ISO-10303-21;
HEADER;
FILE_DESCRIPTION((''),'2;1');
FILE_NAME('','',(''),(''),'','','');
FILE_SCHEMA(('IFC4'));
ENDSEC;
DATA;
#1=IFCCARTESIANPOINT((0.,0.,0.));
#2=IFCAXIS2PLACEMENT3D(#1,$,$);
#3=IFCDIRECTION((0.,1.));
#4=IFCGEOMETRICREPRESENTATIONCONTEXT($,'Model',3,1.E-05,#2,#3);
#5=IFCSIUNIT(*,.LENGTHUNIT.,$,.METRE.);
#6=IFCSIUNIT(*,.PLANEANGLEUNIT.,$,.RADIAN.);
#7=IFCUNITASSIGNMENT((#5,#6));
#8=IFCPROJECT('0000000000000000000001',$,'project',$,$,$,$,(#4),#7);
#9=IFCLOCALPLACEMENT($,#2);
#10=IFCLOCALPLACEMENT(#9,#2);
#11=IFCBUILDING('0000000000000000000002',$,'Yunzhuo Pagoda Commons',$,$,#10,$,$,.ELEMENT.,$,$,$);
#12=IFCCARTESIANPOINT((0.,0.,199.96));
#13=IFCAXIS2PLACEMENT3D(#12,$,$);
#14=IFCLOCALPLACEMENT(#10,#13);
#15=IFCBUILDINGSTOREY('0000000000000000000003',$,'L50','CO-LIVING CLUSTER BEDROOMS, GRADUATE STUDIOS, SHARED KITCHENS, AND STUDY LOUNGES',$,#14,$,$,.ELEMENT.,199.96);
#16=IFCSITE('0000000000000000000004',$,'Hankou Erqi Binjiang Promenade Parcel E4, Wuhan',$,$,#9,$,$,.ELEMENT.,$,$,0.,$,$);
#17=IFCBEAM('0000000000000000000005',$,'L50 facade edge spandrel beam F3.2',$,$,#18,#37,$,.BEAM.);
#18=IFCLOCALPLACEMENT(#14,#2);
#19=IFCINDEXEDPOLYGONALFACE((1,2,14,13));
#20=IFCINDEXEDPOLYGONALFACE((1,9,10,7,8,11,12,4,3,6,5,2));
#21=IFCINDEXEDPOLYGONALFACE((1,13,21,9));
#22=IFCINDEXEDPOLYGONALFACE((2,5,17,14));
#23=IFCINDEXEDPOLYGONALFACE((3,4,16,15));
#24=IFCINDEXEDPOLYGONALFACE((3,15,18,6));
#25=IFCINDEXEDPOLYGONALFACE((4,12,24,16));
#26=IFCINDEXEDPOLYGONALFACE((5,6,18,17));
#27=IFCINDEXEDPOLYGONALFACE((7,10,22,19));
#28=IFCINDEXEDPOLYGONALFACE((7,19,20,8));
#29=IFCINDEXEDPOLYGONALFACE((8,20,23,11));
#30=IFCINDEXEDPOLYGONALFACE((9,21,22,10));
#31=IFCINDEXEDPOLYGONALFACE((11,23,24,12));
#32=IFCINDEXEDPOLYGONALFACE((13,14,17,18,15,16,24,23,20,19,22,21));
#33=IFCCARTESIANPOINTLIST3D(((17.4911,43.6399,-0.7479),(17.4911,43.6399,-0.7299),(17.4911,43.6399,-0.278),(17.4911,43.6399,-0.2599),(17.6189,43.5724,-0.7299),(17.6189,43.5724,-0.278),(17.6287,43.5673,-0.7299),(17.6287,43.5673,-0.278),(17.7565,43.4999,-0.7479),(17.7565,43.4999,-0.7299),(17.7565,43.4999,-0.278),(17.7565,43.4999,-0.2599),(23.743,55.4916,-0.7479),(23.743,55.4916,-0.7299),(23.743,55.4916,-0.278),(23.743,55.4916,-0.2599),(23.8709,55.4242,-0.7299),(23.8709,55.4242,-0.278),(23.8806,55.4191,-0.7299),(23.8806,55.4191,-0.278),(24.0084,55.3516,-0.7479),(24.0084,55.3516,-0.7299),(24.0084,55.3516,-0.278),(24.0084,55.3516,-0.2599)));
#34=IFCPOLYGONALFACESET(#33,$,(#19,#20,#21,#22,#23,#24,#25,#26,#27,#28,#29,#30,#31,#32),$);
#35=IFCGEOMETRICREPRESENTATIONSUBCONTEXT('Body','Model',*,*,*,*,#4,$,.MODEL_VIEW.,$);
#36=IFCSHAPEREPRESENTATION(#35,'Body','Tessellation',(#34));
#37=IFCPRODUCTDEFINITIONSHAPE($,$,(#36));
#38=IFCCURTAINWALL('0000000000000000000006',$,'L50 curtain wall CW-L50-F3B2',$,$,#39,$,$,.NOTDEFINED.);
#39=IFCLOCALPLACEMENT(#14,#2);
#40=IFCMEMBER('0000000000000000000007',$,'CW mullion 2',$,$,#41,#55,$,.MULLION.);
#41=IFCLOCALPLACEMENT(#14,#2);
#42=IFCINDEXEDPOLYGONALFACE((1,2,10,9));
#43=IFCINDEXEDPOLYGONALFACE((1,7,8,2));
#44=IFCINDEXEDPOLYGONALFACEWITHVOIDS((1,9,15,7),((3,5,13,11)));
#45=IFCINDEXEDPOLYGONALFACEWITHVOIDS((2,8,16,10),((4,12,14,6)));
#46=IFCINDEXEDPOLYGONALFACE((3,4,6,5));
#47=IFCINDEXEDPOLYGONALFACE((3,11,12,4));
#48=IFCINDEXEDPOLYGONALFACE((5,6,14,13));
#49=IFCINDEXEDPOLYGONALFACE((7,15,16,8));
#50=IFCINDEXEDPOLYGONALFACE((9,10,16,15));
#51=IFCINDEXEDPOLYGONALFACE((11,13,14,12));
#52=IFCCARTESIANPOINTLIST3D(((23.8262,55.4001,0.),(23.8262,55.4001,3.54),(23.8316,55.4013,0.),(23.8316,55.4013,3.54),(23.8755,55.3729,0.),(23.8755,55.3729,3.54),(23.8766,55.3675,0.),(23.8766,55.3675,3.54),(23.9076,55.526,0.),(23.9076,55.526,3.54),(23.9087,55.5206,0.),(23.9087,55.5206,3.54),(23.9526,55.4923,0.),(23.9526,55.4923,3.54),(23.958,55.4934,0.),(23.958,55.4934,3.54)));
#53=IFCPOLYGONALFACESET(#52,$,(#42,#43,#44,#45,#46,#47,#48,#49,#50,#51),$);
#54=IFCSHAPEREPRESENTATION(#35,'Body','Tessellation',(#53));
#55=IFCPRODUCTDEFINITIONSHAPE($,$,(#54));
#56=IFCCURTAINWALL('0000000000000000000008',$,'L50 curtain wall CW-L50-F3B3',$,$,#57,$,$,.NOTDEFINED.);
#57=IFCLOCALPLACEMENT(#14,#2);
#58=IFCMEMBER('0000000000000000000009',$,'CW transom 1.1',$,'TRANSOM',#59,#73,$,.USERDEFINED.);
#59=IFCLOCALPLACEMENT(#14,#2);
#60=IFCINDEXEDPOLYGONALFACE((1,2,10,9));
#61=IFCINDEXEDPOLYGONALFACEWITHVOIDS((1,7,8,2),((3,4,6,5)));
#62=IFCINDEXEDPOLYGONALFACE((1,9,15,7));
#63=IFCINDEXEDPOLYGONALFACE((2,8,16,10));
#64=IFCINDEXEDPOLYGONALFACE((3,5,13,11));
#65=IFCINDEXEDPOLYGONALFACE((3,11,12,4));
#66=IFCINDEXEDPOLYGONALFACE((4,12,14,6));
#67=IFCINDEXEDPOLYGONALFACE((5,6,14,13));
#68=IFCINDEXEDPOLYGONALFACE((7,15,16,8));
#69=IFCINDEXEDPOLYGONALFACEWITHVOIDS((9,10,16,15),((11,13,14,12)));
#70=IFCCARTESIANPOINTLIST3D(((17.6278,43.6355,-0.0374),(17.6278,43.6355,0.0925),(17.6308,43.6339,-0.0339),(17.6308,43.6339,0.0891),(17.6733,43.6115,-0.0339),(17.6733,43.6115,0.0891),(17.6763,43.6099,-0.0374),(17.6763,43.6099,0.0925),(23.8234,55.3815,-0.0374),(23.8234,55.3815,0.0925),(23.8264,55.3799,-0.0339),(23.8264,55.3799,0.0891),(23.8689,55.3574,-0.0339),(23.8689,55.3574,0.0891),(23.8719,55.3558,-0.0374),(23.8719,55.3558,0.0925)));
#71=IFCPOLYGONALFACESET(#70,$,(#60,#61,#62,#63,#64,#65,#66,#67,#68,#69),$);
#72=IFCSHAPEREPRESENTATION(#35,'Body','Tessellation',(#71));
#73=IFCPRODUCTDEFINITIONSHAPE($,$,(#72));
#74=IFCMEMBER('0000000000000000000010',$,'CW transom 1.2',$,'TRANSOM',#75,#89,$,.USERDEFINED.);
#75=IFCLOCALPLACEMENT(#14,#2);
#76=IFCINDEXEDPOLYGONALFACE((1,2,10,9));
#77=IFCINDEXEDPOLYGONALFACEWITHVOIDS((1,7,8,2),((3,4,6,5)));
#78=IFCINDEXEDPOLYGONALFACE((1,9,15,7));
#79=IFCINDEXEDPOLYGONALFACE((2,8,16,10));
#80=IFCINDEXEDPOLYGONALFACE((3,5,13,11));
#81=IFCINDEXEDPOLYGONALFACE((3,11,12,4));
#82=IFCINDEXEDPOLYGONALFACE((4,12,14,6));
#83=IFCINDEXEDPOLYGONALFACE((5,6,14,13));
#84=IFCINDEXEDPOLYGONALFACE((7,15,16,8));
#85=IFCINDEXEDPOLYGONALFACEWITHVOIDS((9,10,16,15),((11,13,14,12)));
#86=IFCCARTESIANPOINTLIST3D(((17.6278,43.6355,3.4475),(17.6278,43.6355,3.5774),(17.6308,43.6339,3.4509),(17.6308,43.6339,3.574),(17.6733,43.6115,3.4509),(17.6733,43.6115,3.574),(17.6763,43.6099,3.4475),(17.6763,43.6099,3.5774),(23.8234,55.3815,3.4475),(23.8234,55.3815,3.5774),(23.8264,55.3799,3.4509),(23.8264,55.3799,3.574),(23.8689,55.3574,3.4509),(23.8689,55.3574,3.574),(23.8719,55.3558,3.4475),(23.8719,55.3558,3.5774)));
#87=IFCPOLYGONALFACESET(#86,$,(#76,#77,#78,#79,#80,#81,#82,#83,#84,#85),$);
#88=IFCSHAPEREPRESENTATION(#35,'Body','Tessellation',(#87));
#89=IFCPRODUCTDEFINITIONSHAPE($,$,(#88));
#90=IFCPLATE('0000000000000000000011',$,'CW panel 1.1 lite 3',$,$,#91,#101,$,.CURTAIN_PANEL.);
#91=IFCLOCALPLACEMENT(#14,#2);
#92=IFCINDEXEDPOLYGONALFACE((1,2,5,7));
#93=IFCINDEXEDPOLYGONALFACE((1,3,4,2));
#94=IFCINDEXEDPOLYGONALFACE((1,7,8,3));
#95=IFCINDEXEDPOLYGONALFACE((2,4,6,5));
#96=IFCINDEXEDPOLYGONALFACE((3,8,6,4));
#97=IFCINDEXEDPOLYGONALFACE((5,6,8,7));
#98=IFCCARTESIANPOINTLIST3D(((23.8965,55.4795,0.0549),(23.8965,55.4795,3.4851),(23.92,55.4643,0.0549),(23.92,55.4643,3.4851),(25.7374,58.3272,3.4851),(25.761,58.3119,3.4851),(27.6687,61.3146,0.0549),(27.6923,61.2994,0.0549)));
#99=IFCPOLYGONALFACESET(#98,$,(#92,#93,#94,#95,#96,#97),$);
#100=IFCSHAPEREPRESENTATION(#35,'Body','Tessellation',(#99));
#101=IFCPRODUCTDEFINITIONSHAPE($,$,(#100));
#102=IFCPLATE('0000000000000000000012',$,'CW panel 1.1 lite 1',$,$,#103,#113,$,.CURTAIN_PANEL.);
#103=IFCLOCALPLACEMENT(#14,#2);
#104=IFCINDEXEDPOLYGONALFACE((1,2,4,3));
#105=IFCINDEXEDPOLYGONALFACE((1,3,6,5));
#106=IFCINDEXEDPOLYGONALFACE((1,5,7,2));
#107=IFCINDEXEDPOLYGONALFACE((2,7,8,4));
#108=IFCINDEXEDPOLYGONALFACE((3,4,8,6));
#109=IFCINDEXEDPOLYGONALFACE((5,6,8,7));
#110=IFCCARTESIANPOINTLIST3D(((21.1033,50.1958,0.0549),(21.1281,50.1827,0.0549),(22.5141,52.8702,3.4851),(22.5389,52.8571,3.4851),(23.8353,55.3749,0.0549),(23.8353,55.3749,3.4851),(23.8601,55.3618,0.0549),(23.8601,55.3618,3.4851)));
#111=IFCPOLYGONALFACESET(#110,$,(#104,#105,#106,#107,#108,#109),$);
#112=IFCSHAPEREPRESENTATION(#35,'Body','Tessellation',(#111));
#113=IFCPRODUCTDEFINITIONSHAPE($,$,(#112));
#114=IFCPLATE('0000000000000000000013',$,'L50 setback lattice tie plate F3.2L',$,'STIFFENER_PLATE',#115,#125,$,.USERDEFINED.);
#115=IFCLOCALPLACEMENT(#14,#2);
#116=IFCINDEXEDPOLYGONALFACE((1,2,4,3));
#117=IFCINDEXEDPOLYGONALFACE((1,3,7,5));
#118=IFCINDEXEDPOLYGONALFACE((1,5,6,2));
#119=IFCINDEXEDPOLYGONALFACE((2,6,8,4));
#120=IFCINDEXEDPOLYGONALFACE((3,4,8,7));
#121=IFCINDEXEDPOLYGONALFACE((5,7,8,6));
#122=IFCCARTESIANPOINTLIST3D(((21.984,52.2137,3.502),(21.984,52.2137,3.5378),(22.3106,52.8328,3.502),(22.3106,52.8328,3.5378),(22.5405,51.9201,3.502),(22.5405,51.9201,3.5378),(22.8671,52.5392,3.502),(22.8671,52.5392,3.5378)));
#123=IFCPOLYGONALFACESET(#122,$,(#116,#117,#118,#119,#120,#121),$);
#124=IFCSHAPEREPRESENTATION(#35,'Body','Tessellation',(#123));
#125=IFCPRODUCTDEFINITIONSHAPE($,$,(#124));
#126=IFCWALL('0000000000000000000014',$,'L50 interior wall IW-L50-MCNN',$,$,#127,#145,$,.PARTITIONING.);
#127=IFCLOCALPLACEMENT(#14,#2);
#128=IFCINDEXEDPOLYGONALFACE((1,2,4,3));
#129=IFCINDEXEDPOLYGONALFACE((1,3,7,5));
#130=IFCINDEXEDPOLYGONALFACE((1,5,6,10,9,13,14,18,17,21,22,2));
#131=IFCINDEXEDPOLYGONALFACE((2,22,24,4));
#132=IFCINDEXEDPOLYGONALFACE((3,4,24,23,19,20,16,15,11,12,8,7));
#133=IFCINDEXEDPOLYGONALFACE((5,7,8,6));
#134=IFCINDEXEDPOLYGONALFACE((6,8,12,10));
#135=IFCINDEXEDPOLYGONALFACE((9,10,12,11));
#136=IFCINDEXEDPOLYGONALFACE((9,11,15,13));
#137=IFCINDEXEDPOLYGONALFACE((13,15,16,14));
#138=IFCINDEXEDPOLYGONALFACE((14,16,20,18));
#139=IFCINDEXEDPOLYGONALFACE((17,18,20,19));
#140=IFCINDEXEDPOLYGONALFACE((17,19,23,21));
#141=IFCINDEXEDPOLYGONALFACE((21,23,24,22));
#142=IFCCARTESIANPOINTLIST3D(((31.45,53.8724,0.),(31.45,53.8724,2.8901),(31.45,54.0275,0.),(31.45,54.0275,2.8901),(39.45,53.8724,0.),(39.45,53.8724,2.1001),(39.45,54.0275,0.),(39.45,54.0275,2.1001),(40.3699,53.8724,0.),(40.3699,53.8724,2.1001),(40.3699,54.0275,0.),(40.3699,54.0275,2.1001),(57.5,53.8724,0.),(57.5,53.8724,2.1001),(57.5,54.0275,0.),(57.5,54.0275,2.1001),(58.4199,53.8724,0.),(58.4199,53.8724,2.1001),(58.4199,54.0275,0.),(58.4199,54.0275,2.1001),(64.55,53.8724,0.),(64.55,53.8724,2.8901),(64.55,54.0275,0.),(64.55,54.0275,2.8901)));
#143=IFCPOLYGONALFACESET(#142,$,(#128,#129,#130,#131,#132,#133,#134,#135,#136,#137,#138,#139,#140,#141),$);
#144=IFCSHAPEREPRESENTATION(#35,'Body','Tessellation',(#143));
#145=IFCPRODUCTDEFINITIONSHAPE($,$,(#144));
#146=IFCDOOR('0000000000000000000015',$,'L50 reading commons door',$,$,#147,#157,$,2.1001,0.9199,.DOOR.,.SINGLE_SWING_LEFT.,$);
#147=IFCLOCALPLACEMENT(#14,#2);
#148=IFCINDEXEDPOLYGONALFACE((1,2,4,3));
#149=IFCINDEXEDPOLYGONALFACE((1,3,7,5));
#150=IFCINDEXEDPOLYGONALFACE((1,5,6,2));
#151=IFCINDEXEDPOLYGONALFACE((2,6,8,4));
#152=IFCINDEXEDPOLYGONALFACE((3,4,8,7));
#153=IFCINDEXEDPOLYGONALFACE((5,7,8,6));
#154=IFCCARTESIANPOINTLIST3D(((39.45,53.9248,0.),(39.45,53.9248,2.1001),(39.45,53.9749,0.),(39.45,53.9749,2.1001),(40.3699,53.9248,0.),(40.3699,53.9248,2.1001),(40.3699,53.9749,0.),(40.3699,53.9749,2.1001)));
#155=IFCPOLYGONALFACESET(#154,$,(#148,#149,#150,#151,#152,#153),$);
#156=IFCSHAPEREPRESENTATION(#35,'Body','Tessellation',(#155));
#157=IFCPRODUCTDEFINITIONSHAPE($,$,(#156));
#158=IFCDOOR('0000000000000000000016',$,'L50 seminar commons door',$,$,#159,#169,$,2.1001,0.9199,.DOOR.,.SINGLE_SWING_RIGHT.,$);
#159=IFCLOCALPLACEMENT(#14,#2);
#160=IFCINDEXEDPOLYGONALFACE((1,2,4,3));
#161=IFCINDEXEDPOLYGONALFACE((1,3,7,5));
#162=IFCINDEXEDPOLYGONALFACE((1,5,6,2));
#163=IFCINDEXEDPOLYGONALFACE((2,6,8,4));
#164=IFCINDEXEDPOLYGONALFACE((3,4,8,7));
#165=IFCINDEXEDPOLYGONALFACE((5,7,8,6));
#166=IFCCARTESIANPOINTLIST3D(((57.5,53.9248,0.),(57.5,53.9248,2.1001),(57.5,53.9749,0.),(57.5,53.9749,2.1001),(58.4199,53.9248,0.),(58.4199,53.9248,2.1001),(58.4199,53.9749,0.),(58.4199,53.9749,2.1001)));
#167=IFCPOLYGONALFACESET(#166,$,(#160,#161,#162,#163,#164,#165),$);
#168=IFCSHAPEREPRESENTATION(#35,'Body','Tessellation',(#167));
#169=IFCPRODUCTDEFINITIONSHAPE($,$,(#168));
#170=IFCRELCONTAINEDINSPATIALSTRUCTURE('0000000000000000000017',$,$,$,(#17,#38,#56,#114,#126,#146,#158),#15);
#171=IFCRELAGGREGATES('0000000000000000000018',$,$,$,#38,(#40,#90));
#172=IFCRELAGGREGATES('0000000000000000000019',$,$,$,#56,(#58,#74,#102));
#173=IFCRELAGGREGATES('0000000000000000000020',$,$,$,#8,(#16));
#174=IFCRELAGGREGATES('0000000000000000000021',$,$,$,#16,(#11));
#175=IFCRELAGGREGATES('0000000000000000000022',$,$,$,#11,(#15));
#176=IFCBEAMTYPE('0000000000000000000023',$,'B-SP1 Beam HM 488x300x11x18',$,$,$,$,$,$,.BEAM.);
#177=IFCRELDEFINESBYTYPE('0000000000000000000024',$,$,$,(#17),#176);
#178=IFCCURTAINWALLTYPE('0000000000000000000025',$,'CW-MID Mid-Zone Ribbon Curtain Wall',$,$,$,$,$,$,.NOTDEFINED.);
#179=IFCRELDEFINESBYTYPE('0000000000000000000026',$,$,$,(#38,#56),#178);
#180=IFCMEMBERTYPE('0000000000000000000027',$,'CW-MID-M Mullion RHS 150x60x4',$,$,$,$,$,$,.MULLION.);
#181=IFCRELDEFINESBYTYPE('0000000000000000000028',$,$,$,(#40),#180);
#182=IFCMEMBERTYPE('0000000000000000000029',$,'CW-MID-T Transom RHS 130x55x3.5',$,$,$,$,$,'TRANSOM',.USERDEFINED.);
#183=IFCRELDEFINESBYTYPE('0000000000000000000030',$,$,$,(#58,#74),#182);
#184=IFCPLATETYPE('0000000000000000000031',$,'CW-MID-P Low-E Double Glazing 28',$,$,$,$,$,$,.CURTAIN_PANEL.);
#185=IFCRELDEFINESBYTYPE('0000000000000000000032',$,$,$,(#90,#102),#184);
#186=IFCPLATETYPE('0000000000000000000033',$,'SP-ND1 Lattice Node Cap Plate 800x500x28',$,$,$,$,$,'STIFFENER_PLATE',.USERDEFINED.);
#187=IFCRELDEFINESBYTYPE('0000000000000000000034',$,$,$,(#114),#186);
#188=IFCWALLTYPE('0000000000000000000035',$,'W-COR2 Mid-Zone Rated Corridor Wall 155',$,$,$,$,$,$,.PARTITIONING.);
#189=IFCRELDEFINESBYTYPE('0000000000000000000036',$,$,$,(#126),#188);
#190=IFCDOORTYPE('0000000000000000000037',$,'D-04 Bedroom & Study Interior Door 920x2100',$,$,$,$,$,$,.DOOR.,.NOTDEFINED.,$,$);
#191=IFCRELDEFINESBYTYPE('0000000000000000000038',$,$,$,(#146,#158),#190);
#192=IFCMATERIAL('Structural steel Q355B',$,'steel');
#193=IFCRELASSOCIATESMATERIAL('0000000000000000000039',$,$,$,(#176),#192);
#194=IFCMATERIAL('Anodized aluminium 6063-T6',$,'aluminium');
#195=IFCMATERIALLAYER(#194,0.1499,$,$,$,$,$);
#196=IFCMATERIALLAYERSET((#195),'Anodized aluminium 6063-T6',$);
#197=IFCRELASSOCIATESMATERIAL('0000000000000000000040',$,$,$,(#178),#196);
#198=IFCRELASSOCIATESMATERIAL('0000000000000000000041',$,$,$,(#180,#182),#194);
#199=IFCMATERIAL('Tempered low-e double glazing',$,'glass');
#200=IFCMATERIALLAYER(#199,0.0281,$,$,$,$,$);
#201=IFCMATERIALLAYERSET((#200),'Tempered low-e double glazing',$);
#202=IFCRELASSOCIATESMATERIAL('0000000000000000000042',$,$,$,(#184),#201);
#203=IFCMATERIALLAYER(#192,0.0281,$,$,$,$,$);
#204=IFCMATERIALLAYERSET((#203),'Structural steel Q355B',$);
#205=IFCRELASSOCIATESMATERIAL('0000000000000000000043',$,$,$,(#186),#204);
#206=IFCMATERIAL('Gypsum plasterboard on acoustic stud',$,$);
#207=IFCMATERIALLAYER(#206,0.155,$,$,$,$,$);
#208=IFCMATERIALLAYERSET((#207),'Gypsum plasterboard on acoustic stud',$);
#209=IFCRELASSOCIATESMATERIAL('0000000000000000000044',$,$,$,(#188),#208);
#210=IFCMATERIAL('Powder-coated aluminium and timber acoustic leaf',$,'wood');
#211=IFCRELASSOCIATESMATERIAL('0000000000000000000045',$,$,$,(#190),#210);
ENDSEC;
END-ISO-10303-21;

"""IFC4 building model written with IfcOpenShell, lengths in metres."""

from ifc_helpers import new_model, si_unit, direction, frame, frame_2d, origin, origin_with_axes, origin_2d, place, context, subcontext, project, spatial, polyline, rectangle, hollow_rectangle, i_section, outline, extrude, source, transform, mapped, material, layer, layer_set, material_profile, profile_set, type_object, element, fill, aggregate, save


model = new_model("IFC4")

# Units and contexts
model_context = context("Model", 3, precision=1e-05, world=origin(), true_north=direction((0.0, 1.0)))
body_context = subcontext(model_context, "Body", "Model", "MODEL_VIEW")
ifc_project = project(units=[si_unit("LENGTHUNIT", "METRE"), si_unit("PLANEANGLEUNIT", "RADIAN")], contexts=[model_context])

# Site, building, storey
site_placement = place(None, origin())
site = spatial("IfcSite", under=ifc_project, at=site_placement, Name="Hankou Erqi Binjiang Promenade Parcel E4, Wuhan", CompositionType="ELEMENT", RefElevation=0.0)
building_placement = place(site_placement, origin())
building = spatial("IfcBuilding", under=site, at=building_placement, Name="Yunzhuo Pagoda Commons", CompositionType="ELEMENT")
storey_placement = place(building_placement, frame((0.0, 0.0, 199.96)))
storey = spatial("IfcBuildingStorey", under=building, at=storey_placement, Name="L50", Description="CO-LIVING CLUSTER BEDROOMS, GRADUATE STUDIOS, SHARED KITCHENS, AND STUDY LOUNGES", CompositionType="ELEMENT", Elevation=199.96)

# Beam
ifc_material_1 = material(Name="Structural steel Q355B", Category="steel")
ifc_material_profile_1 = material_profile(ifc_material_1, i_section(OverallWidth=0.3, OverallDepth=0.488, WebThickness=0.011, FlangeThickness=0.0181, at=origin_2d()), Name="Structural steel Q355B")
ifc_profile_set_1 = profile_set([ifc_material_profile_1], Name="Structural steel Q355B")
beam_type_1 = type_object("IfcBeamType", Name="B-SP1 Beam HM 488x300x11x18", PredefinedType="BEAM", material=ifc_profile_set_1)
shared_shape_1 = source(origin(), body_context, "Body", "SweptSolid", [
    extrude(i_section(OverallWidth=0.3, OverallDepth=0.488, WebThickness=0.011, FlangeThickness=0.0181, at=origin_2d()), origin(), (0.0, 0.0, 1.0), 13.3997),
])
beam_1_placement = place(storey_placement, frame((23.8757, 55.4216, -0.5039), z_axis=(-0.466574, -0.884482, 0.0), x_axis=(0.884482, -0.466574, 0.0)))
element("IfcBeam", 1, at=beam_1_placement, inside=storey, type_object=beam_type_1, Name="L50 facade edge spandrel beam F3.2", PredefinedType="BEAM", context=body_context, shape_type="MappedRepresentation", body=[
    mapped(shared_shape_1, transform((0.0, 0.0, 0.0), scale=1.0)),
])

# Curtain wall, member
ifc_material_2 = material(Name="Anodized aluminium 6063-T6", Category="aluminium")
ifc_layer_1 = layer(ifc_material_2, 0.1499)
ifc_layer_set_1 = layer_set([ifc_layer_1], Name="Anodized aluminium 6063-T6")
curtain_wall_type = type_object("IfcCurtainWallType", Name="CW-MID Mid-Zone Ribbon Curtain Wall", PredefinedType="NOTDEFINED", material=ifc_layer_set_1)
curtain_wall_1_placement = place(storey_placement, origin())
curtain_wall_1 = element("IfcCurtainWall", 2, at=curtain_wall_1_placement, inside=storey, type_object=curtain_wall_type, Name="L50 curtain wall CW-L50-F3B2", PredefinedType="NOTDEFINED")
ifc_material_profile_2 = material_profile(ifc_material_2, hollow_rectangle(XDim=0.0601, YDim=0.1499, WallThickness=0.0039, at=origin_2d()), Name="Anodized aluminium 6063-T6")
ifc_profile_set_2 = profile_set([ifc_material_profile_2], Name="Anodized aluminium 6063-T6")
member_type_1 = type_object("IfcMemberType", Name="CW-MID-M Mullion RHS 150x60x4", PredefinedType="MULLION", material=ifc_profile_set_2)
shared_shape_2 = source(origin(), body_context, "Body", "SweptSolid", [
    extrude(hollow_rectangle(XDim=0.0601, YDim=0.1499, WallThickness=0.0039, at=origin_2d()), origin(), (0.0, 0.0, 1.0), 3.54),
])
member_1_placement = place(storey_placement, frame((23.8921, 55.4468, 0.0), z_axis=(0.0, 0.0, 1.0), x_axis=(0.839794, -0.542905, 0.0)))
member_1 = element("IfcMember", 3, at=member_1_placement, type_object=member_type_1, Name="CW mullion 2", PredefinedType="MULLION", context=body_context, shape_type="MappedRepresentation", body=[
    mapped(shared_shape_2, transform((0.0, 0.0, 0.0), scale=1.0)),
])

# Curtain wall, members
curtain_wall_2_placement = place(storey_placement, origin())
curtain_wall_2 = element("IfcCurtainWall", 4, at=curtain_wall_2_placement, inside=storey, type_object=curtain_wall_type, Name="L50 curtain wall CW-L50-F3B3", PredefinedType="NOTDEFINED")
ifc_material_profile_3 = material_profile(ifc_material_2, hollow_rectangle(XDim=0.0549, YDim=0.1299, WallThickness=0.0034, at=origin_2d()), Name="Anodized aluminium 6063-T6")
ifc_profile_set_3 = profile_set([ifc_material_profile_3], Name="Anodized aluminium 6063-T6")
member_type_2 = type_object("IfcMemberType", Name="CW-MID-T Transom RHS 130x55x3.5", ElementType="TRANSOM", PredefinedType="USERDEFINED", material=ifc_profile_set_3)
shared_shape_3 = source(origin(), body_context, "Body", "SweptSolid", [
    extrude(hollow_rectangle(XDim=0.0549, YDim=0.1299, WallThickness=0.0034, at=origin_2d()), origin(), (0.0, 0.0, 1.0), 13.2798),
])
member_2_placement = place(storey_placement, frame((23.8477, 55.3687, 0.0276), z_axis=(-0.466544, -0.884498, 0.0), x_axis=(0.884498, -0.466544, 0.0)))
member_2 = element("IfcMember", 5, at=member_2_placement, type_object=member_type_2, Name="CW transom 1.1", ObjectType="TRANSOM", PredefinedType="USERDEFINED", context=body_context, shape_type="MappedRepresentation", body=[
    mapped(shared_shape_3, transform((0.0, 0.0, 0.0), scale=1.0)),
])
member_3_placement = place(storey_placement, frame((23.8477, 55.3687, 3.5125), z_axis=(-0.466544, -0.884498, 0.0), x_axis=(0.884498, -0.466544, 0.0)))
member_3 = element("IfcMember", 6, at=member_3_placement, type_object=member_type_2, Name="CW transom 1.2", ObjectType="TRANSOM", PredefinedType="USERDEFINED", context=body_context, shape_type="MappedRepresentation", body=[
    mapped(shared_shape_3, transform((0.0, 0.0, 0.0), scale=1.0)),
])

# Plates
ifc_material_3 = material(Name="Tempered low-e double glazing", Category="glass")
ifc_layer_2 = layer(ifc_material_3, 0.0281)
ifc_layer_set_2 = layer_set([ifc_layer_2], Name="Tempered low-e double glazing")
plate_type_1 = type_object("IfcPlateType", Name="CW-MID-P Low-E Double Glazing 28", PredefinedType="CURTAIN_PANEL", material=ifc_layer_set_2)
plate_1_placement = place(storey_placement, frame((25.8062, 58.3818, 1.77), z_axis=(-0.839794, 0.542905, 0.0), x_axis=(-0.542905, -0.839794, 0.0)))
plate_1 = element("IfcPlate", 7, at=plate_1_placement, type_object=plate_type_1, Name="CW panel 1.1 lite 3", PredefinedType="CURTAIN_PANEL", context=body_context, shape_type="SweptSolid", body=[
    extrude(outline(polyline([(-3.4741, -1.7151), (3.4741, -1.7151), (3.4741, 1.7151), (0.0833, 1.7151), (-3.4741, -1.7151)])), origin(), (0.0, 0.0, 1.0), 0.0281),
])
aggregate(curtain_wall_1, [member_1, plate_1])
plate_2_placement = place(storey_placement, frame((22.4941, 52.7722, 1.77), z_axis=(-0.884484, 0.466571, 0.0), x_axis=(-0.466571, -0.884484, 0.0)))
plate_2 = element("IfcPlate", 8, at=plate_2_placement, type_object=plate_type_1, Name="CW panel 1.1 lite 1", PredefinedType="CURTAIN_PANEL", context=body_context, shape_type="SweptSolid", body=[
    extrude(outline(polyline([(-2.9277, -1.7151), (2.9277, -1.7151), (-0.0959, 1.7151), (-2.9277, 1.7151), (-2.9277, -1.7151)])), origin(), (0.0, 0.0, 1.0), 0.0281),
])
aggregate(curtain_wall_2, [member_2, member_3, plate_2])
ifc_layer_3 = layer(ifc_material_1, 0.0281)
ifc_layer_set_3 = layer_set([ifc_layer_3], Name="Structural steel Q355B")
plate_type_2 = type_object("IfcPlateType", Name="SP-ND1 Lattice Node Cap Plate 800x500x28", ElementType="STIFFENER_PLATE", PredefinedType="USERDEFINED", material=ifc_layer_set_3)
shared_shape_4 = source(origin(), body_context, "Body", "SweptSolid", [
    extrude(rectangle(XDim=0.7, YDim=0.6292, at=origin_2d()), origin(), (0.0, 0.0, 1.0), 0.0359),
])
plate_3_placement = place(storey_placement, frame((22.4255, 52.3765, 3.502), z_axis=(0.0, 0.0, 1.0), x_axis=(-0.466572, -0.884483, 0.0)))
element("IfcPlate", 9, at=plate_3_placement, inside=storey, type_object=plate_type_2, Name="L50 setback lattice tie plate F3.2L", ObjectType="STIFFENER_PLATE", PredefinedType="USERDEFINED", context=body_context, shape_type="MappedRepresentation", body=[
    mapped(shared_shape_4, transform((0.0, 0.0, 0.0), scale=1.0)),
])

# Wall, openings, doors
ifc_material_4 = material(Name="Gypsum plasterboard on acoustic stud")
ifc_layer_4 = layer(ifc_material_4, 0.155)
ifc_layer_set_4 = layer_set([ifc_layer_4], Name="Gypsum plasterboard on acoustic stud")
wall_type_1 = type_object("IfcWallType", Name="W-COR2 Mid-Zone Rated Corridor Wall 155", PredefinedType="PARTITIONING", material=ifc_layer_set_4)
wall_1_placement = place(storey_placement, frame((31.45, 53.95, 0.0), z_axis=(0.0, 0.0, 1.0), x_axis=(1.0, 0.0, 0.0)))
wall_1 = element("IfcWall", 10, at=wall_1_placement, inside=storey, type_object=wall_type_1, Name="L50 interior wall IW-L50-MCNN", PredefinedType="PARTITIONING", context=body_context, shape_type="SweptSolid", body=[
    extrude(rectangle(XDim=33.1001, YDim=0.155, at=frame_2d((16.55, 0.0))), origin(), (0.0, 0.0, 1.0), 2.8901),
])
opening_1_placement = place(wall_1_placement, frame((8.0, 0.0, 0.0)))
opening_1 = element("IfcOpeningElement", 11, at=opening_1_placement, cuts=wall_1, PredefinedType="OPENING", context=body_context, shape_type="SweptSolid", body=[
    extrude(rectangle(XDim=0.9199, YDim=2.1001, at=frame_2d((0.46, 1.05))), frame((0.0, 0.0874, 0.0), z_axis=(0.0, -1.0, 0.0), x_axis=(1.0, 0.0, 0.0)), (0.0, 0.0, 1.0), 0.175),
])
opening_2_placement = place(wall_1_placement, frame((26.05, 0.0, 0.0)))
opening_2 = element("IfcOpeningElement", 12, at=opening_2_placement, cuts=wall_1, PredefinedType="OPENING", context=body_context, shape_type="SweptSolid", body=[
    extrude(rectangle(XDim=0.9199, YDim=2.1001, at=frame_2d((0.46, 1.05))), frame((0.0, 0.0874, 0.0), z_axis=(0.0, -1.0, 0.0), x_axis=(1.0, 0.0, 0.0)), (0.0, 0.0, 1.0), 0.175),
])
ifc_material_5 = material(Name="Powder-coated aluminium and timber acoustic leaf", Category="wood")
door_type_1 = type_object("IfcDoorType", Name="D-04 Bedroom & Study Interior Door 920x2100", OperationType="NOTDEFINED", PredefinedType="DOOR", material=ifc_material_5)
shared_shape_5 = source(origin(), body_context, "Body", "SweptSolid", [
    extrude(rectangle(XDim=0.9199, YDim=2.1001, at=frame_2d((0.46, 1.05))), frame((0.0, 0.0249, 0.0), z_axis=(0.0, -1.0, 0.0), x_axis=(1.0, 0.0, 0.0)), (0.0, 0.0, 1.0), 0.05),
])
door_1_placement = place(opening_1_placement, origin_with_axes())
door_1 = element("IfcDoor", 13, at=door_1_placement, inside=storey, type_object=door_type_1, Name="L50 reading commons door", OperationType="SINGLE_SWING_LEFT", OverallHeight=2.1001, OverallWidth=0.9199, PredefinedType="DOOR", context=body_context, shape_type="MappedRepresentation", body=[
    mapped(shared_shape_5, transform((0.0, 0.0, 0.0), scale=1.0)),
])
fill(opening_1, door_1)
door_2_placement = place(opening_2_placement, origin_with_axes())
door_2 = element("IfcDoor", 14, at=door_2_placement, inside=storey, type_object=door_type_1, Name="L50 seminar commons door", OperationType="SINGLE_SWING_RIGHT", OverallHeight=2.1001, OverallWidth=0.9199, PredefinedType="DOOR", context=body_context, shape_type="MappedRepresentation", body=[
    mapped(shared_shape_5, transform((0.0, 0.0, 0.0), scale=1.0)),
])
fill(opening_2, door_2)

save(model, "model.ifc")
